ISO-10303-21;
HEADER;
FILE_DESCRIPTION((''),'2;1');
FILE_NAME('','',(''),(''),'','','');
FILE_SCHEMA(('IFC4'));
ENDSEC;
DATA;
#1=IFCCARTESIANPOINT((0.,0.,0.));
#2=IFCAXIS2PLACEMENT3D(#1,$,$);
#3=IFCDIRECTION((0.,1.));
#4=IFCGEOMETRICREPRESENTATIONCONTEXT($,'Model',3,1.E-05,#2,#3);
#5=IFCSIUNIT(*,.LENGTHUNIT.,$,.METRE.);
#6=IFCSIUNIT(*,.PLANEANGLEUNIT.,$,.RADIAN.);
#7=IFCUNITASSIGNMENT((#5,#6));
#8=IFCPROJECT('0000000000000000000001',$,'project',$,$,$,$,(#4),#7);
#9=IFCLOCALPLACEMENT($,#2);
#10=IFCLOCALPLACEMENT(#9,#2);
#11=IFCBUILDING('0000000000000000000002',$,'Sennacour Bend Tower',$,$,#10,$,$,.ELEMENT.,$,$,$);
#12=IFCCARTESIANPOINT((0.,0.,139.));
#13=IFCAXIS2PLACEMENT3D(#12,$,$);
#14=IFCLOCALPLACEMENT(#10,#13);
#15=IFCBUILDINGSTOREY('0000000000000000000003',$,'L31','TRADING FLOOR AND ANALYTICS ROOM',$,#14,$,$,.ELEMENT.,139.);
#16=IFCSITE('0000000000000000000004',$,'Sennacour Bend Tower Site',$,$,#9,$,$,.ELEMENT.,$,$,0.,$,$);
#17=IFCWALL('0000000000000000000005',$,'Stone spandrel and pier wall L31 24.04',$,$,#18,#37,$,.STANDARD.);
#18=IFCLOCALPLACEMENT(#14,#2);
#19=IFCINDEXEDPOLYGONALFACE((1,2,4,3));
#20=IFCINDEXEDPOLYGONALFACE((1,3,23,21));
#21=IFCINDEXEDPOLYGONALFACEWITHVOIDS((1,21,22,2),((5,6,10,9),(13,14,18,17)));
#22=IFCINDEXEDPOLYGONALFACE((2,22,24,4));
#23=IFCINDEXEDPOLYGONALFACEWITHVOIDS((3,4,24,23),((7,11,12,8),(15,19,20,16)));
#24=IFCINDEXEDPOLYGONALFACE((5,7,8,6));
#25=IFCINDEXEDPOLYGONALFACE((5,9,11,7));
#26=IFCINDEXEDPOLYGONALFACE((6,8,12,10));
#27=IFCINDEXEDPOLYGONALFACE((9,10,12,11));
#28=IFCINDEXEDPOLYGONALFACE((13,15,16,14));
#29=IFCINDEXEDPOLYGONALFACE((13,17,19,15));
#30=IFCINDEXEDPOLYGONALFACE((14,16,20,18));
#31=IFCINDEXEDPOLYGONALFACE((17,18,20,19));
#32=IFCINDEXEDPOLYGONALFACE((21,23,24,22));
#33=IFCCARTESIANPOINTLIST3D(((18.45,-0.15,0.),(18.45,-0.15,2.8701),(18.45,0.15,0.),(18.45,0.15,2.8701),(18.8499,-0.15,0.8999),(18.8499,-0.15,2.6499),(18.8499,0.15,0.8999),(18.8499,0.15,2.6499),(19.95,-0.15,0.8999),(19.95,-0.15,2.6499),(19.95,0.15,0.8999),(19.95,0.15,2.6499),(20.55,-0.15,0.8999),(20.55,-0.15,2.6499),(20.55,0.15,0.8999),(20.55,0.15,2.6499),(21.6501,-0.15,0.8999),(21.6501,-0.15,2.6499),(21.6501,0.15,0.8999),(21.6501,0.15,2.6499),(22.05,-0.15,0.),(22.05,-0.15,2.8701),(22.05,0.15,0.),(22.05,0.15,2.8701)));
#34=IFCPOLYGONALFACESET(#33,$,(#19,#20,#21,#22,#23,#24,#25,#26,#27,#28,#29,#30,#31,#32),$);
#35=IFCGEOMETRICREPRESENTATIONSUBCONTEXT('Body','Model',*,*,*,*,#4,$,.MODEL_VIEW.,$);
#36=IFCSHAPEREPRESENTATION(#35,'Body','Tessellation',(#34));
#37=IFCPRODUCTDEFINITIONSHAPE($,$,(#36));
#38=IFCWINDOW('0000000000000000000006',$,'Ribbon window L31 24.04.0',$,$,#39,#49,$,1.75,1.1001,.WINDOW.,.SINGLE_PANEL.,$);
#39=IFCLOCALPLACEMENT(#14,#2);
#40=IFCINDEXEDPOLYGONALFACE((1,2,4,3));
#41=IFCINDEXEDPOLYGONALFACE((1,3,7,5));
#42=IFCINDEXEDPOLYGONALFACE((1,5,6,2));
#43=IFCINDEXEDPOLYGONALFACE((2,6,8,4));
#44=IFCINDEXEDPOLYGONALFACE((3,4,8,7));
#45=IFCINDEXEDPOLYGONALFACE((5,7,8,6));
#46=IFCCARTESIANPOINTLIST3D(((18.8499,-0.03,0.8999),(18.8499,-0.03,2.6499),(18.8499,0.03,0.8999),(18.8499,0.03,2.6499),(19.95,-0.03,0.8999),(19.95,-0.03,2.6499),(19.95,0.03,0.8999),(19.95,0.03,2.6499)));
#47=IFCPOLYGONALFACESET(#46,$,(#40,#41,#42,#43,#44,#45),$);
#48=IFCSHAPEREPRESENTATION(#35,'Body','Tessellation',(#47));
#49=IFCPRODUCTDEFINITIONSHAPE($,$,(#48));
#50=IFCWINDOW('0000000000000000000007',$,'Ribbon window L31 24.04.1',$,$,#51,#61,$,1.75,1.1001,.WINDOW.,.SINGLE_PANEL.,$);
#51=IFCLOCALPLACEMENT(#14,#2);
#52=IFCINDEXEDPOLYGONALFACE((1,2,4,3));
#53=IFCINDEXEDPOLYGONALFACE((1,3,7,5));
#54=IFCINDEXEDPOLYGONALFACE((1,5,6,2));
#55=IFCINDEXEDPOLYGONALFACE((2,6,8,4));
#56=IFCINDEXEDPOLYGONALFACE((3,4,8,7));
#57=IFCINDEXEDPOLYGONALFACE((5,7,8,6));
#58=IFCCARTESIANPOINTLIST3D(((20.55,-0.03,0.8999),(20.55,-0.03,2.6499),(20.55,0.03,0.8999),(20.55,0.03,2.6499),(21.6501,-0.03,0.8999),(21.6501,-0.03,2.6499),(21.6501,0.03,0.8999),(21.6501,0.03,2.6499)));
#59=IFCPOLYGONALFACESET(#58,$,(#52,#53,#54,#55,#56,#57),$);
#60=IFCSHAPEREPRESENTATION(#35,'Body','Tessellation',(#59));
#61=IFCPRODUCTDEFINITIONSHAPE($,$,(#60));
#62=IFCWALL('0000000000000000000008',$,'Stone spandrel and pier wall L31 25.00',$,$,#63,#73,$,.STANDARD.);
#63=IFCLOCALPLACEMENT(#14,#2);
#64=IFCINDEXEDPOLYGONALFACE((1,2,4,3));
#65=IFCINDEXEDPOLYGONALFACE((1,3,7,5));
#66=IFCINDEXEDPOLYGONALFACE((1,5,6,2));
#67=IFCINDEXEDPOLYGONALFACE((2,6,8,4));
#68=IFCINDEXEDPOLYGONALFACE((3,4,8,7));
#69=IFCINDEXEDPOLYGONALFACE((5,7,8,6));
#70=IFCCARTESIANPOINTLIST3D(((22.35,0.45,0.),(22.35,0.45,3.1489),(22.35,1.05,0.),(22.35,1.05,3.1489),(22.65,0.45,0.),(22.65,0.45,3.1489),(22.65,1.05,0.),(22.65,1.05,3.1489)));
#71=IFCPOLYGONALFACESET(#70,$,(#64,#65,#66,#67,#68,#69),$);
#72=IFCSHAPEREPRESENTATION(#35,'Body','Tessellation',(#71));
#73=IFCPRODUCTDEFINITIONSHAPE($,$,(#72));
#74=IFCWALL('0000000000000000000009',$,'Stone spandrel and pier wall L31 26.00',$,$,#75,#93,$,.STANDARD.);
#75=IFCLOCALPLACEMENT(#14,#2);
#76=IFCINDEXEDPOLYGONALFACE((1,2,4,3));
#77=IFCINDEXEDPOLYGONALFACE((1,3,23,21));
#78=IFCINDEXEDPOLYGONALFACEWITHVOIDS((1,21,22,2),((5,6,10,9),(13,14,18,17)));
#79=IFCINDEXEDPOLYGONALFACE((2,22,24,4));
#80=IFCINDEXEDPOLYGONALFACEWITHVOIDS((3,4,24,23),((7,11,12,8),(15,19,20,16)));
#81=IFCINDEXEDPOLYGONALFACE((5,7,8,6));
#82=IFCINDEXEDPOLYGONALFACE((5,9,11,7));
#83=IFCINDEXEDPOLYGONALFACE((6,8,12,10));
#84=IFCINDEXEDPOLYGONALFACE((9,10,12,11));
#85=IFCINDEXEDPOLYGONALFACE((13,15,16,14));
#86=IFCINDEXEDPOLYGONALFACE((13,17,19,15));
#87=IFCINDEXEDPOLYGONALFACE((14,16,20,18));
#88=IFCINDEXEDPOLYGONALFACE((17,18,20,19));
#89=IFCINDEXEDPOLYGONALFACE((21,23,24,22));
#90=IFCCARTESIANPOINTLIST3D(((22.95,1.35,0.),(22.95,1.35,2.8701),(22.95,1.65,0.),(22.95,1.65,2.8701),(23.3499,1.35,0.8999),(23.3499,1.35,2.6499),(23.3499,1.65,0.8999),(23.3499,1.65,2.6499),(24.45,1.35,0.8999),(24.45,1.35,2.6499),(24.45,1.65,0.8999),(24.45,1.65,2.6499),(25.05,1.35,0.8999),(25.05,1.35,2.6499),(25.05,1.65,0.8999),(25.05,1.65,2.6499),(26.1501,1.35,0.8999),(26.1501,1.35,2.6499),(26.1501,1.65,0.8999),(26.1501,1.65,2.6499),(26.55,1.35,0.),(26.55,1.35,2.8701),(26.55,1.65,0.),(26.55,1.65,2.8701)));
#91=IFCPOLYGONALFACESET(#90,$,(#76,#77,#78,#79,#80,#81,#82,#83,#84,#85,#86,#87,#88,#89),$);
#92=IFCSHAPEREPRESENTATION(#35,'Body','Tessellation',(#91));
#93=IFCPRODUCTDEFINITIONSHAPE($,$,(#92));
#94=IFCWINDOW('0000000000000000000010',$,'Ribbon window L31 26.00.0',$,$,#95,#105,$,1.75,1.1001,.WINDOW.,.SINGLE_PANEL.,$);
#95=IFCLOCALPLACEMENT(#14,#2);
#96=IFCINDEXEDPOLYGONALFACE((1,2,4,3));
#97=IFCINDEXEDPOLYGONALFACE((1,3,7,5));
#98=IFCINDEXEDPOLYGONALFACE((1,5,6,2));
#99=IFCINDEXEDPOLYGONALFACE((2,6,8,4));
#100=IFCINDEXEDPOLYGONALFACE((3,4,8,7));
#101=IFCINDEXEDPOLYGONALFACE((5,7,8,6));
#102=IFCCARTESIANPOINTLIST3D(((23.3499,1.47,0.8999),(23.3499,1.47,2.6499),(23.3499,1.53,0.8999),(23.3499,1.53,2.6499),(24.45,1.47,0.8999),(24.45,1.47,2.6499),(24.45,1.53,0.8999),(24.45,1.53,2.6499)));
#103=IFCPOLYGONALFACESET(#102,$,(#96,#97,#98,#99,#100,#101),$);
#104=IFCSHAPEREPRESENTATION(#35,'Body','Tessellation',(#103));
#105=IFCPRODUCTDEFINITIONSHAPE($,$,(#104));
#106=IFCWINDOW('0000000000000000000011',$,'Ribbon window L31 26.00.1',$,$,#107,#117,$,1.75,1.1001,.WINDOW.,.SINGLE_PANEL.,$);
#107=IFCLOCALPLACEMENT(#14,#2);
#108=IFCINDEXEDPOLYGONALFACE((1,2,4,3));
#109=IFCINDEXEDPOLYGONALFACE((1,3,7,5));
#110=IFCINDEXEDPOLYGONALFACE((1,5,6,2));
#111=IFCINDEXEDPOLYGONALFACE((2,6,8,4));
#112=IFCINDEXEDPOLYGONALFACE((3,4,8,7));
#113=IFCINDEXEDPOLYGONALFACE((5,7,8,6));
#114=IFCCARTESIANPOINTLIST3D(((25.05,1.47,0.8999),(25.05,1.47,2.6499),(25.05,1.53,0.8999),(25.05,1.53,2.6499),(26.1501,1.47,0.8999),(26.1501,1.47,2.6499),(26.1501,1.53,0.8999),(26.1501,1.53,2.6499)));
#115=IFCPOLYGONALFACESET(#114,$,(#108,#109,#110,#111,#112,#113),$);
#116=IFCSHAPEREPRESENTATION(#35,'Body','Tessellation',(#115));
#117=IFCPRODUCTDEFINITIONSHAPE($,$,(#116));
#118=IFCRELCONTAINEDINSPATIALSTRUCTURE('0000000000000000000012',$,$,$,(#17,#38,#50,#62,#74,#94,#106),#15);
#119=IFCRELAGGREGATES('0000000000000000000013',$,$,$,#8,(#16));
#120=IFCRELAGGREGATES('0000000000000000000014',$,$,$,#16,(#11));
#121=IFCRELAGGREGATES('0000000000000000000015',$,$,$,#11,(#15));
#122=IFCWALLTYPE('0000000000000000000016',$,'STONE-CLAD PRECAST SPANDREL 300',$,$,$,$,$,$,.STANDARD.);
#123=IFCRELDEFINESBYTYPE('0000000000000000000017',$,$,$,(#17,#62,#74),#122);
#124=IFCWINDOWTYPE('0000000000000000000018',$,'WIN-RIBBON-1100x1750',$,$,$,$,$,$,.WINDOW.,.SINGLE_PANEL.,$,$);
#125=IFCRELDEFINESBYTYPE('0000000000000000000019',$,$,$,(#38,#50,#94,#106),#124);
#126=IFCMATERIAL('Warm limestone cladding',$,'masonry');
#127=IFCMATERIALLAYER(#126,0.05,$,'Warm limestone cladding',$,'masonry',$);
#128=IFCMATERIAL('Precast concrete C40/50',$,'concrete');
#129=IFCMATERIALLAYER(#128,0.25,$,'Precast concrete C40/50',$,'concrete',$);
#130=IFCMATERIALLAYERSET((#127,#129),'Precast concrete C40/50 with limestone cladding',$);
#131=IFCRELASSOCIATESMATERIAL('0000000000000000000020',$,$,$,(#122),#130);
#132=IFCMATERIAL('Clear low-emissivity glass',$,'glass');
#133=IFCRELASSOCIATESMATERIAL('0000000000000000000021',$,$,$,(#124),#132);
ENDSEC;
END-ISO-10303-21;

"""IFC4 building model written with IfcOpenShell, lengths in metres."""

from ifc_helpers import new_model, si_unit, direction, frame, frame_2d, origin, place, context, subcontext, project, spatial, rectangle, extrude, material, layer, layer_set, type_object, element, fill, save


model = new_model("IFC4")

# Units and contexts
model_context = context("Model", 3, precision=1e-05, world=origin(), true_north=direction((0.0, 1.0)))
body_context = subcontext(model_context, "Body", "Model", "MODEL_VIEW")
ifc_project = project(units=[si_unit("LENGTHUNIT", "METRE"), si_unit("PLANEANGLEUNIT", "RADIAN")], contexts=[model_context])

# Site, building, storey
site_placement = place(None, origin())
site = spatial("IfcSite", under=ifc_project, at=site_placement, Name="Sennacour Bend Tower Site", CompositionType="ELEMENT", RefElevation=0.0)
building_placement = place(site_placement, origin())
building = spatial("IfcBuilding", under=site, at=building_placement, Name="Sennacour Bend Tower", CompositionType="ELEMENT")
storey_placement = place(building_placement, frame((0.0, 0.0, 139.0)))
storey = spatial("IfcBuildingStorey", under=building, at=storey_placement, Name="L31", Description="TRADING FLOOR AND ANALYTICS ROOM", CompositionType="ELEMENT", Elevation=139.0)

# Wall, openings, windows
ifc_material_1 = material(Name="Warm limestone cladding", Category="masonry")
ifc_layer_1 = layer(ifc_material_1, 0.05, Name="Warm limestone cladding", Category="masonry")
ifc_material_2 = material(Name="Precast concrete C40/50", Category="concrete")
ifc_layer_2 = layer(ifc_material_2, 0.25, Name="Precast concrete C40/50", Category="concrete")
ifc_layer_set_1 = layer_set([ifc_layer_1, ifc_layer_2], Name="Precast concrete C40/50 with limestone cladding")
wall_type_1 = type_object("IfcWallType", Name="STONE-CLAD PRECAST SPANDREL 300", PredefinedType="STANDARD", material=ifc_layer_set_1)
wall_1_placement = place(storey_placement, frame((18.45, 0.0, 0.0), z_axis=(0.0, 0.0, 1.0), x_axis=(1.0, 0.0, 0.0)))
wall_1 = element("IfcWall", 1, at=wall_1_placement, inside=storey, type_object=wall_type_1, Name="Stone spandrel and pier wall L31 24.04", PredefinedType="STANDARD", context=body_context, shape_type="SweptSolid", body=[
    extrude(rectangle(XDim=3.6001, YDim=0.3, at=frame_2d((1.8, 0.0))), origin(), (0.0, 0.0, 1.0), 2.8701),
])
opening_1_placement = place(wall_1_placement, frame((0.3999, 0.0, 0.8999)))
opening_1 = element("IfcOpeningElement", 2, at=opening_1_placement, cuts=wall_1, PredefinedType="OPENING", context=body_context, shape_type="SweptSolid", body=[
    extrude(rectangle(XDim=1.1001, YDim=1.75, at=frame_2d((0.55, 0.875))), frame((0.0, 0.1602, 0.0), z_axis=(0.0, -1.0, 0.0), x_axis=(1.0, 0.0, 0.0)), (0.0, 0.0, 1.0), 0.3201),
])
opening_2_placement = place(wall_1_placement, frame((2.1001, 0.0, 0.8999)))
opening_2 = element("IfcOpeningElement", 3, at=opening_2_placement, cuts=wall_1, PredefinedType="OPENING", context=body_context, shape_type="SweptSolid", body=[
    extrude(rectangle(XDim=1.1001, YDim=1.75, at=frame_2d((0.55, 0.875))), frame((0.0, 0.1602, 0.0), z_axis=(0.0, -1.0, 0.0), x_axis=(1.0, 0.0, 0.0)), (0.0, 0.0, 1.0), 0.3201),
])
ifc_material_3 = material(Name="Clear low-emissivity glass", Category="glass")
window_type = type_object("IfcWindowType", Name="WIN-RIBBON-1100x1750", PartitioningType="SINGLE_PANEL", PredefinedType="WINDOW", material=ifc_material_3)
window_1_placement = place(opening_1_placement, origin())
window_1 = element("IfcWindow", 4, at=window_1_placement, inside=storey, type_object=window_type, Name="Ribbon window L31 24.04.0", OverallHeight=1.75, OverallWidth=1.1001, PartitioningType="SINGLE_PANEL", PredefinedType="WINDOW", context=body_context, shape_type="SweptSolid", body=[
    extrude(rectangle(XDim=1.1001, YDim=1.75, at=frame_2d((0.55, 0.875))), frame((0.0, 0.03, 0.0), z_axis=(0.0, -1.0, 0.0), x_axis=(1.0, 0.0, 0.0)), (0.0, 0.0, 1.0), 0.0601),
])
fill(opening_1, window_1)
window_2_placement = place(opening_2_placement, origin())
window_2 = element("IfcWindow", 5, at=window_2_placement, inside=storey, type_object=window_type, Name="Ribbon window L31 24.04.1", OverallHeight=1.75, OverallWidth=1.1001, PartitioningType="SINGLE_PANEL", PredefinedType="WINDOW", context=body_context, shape_type="SweptSolid", body=[
    extrude(rectangle(XDim=1.1001, YDim=1.75, at=frame_2d((0.55, 0.875))), frame((0.0, 0.03, 0.0), z_axis=(0.0, -1.0, 0.0), x_axis=(1.0, 0.0, 0.0)), (0.0, 0.0, 1.0), 0.0601),
])
fill(opening_2, window_2)

# Wall
wall_2_placement = place(storey_placement, frame((22.5, 0.45, 0.0), z_axis=(0.0, 0.0, 1.0), x_axis=(0.0, 1.0, 0.0)))
element("IfcWall", 6, at=wall_2_placement, inside=storey, type_object=wall_type_1, Name="Stone spandrel and pier wall L31 25.00", PredefinedType="STANDARD", context=body_context, shape_type="SweptSolid", body=[
    extrude(rectangle(XDim=0.6001, YDim=0.3, at=frame_2d((0.3, 0.0))), origin(), (0.0, 0.0, 1.0), 3.1489),
])

# Wall, openings, windows
wall_3_placement = place(storey_placement, frame((22.95, 1.5, 0.0), z_axis=(0.0, 0.0, 1.0), x_axis=(1.0, 0.0, 0.0)))
wall_3 = element("IfcWall", 7, at=wall_3_placement, inside=storey, type_object=wall_type_1, Name="Stone spandrel and pier wall L31 26.00", PredefinedType="STANDARD", context=body_context, shape_type="SweptSolid", body=[
    extrude(rectangle(XDim=3.6001, YDim=0.3, at=frame_2d((1.8, 0.0))), origin(), (0.0, 0.0, 1.0), 2.8701),
])
opening_3_placement = place(wall_3_placement, frame((0.3999, 0.0, 0.8999)))
opening_3 = element("IfcOpeningElement", 8, at=opening_3_placement, cuts=wall_3, PredefinedType="OPENING", context=body_context, shape_type="SweptSolid", body=[
    extrude(rectangle(XDim=1.1001, YDim=1.75, at=frame_2d((0.55, 0.875))), frame((0.0, 0.1602, 0.0), z_axis=(0.0, -1.0, 0.0), x_axis=(1.0, 0.0, 0.0)), (0.0, 0.0, 1.0), 0.3201),
])
opening_4_placement = place(wall_3_placement, frame((2.1001, 0.0, 0.8999)))
opening_4 = element("IfcOpeningElement", 9, at=opening_4_placement, cuts=wall_3, PredefinedType="OPENING", context=body_context, shape_type="SweptSolid", body=[
    extrude(rectangle(XDim=1.1001, YDim=1.75, at=frame_2d((0.55, 0.875))), frame((0.0, 0.1602, 0.0), z_axis=(0.0, -1.0, 0.0), x_axis=(1.0, 0.0, 0.0)), (0.0, 0.0, 1.0), 0.3201),
])
window_3_placement = place(opening_3_placement, origin())
window_3 = element("IfcWindow", 10, at=window_3_placement, inside=storey, type_object=window_type, Name="Ribbon window L31 26.00.0", OverallHeight=1.75, OverallWidth=1.1001, PartitioningType="SINGLE_PANEL", PredefinedType="WINDOW", context=body_context, shape_type="SweptSolid", body=[
    extrude(rectangle(XDim=1.1001, YDim=1.75, at=frame_2d((0.55, 0.875))), frame((0.0, 0.03, 0.0), z_axis=(0.0, -1.0, 0.0), x_axis=(1.0, 0.0, 0.0)), (0.0, 0.0, 1.0), 0.0601),
])
fill(opening_3, window_3)
window_4_placement = place(opening_4_placement, origin())
window_4 = element("IfcWindow", 11, at=window_4_placement, inside=storey, type_object=window_type, Name="Ribbon window L31 26.00.1", OverallHeight=1.75, OverallWidth=1.1001, PartitioningType="SINGLE_PANEL", PredefinedType="WINDOW", context=body_context, shape_type="SweptSolid", body=[
    extrude(rectangle(XDim=1.1001, YDim=1.75, at=frame_2d((0.55, 0.875))), frame((0.0, 0.03, 0.0), z_axis=(0.0, -1.0, 0.0), x_axis=(1.0, 0.0, 0.0)), (0.0, 0.0, 1.0), 0.0601),
])
fill(opening_4, window_4)

save(model, "model.ifc")
